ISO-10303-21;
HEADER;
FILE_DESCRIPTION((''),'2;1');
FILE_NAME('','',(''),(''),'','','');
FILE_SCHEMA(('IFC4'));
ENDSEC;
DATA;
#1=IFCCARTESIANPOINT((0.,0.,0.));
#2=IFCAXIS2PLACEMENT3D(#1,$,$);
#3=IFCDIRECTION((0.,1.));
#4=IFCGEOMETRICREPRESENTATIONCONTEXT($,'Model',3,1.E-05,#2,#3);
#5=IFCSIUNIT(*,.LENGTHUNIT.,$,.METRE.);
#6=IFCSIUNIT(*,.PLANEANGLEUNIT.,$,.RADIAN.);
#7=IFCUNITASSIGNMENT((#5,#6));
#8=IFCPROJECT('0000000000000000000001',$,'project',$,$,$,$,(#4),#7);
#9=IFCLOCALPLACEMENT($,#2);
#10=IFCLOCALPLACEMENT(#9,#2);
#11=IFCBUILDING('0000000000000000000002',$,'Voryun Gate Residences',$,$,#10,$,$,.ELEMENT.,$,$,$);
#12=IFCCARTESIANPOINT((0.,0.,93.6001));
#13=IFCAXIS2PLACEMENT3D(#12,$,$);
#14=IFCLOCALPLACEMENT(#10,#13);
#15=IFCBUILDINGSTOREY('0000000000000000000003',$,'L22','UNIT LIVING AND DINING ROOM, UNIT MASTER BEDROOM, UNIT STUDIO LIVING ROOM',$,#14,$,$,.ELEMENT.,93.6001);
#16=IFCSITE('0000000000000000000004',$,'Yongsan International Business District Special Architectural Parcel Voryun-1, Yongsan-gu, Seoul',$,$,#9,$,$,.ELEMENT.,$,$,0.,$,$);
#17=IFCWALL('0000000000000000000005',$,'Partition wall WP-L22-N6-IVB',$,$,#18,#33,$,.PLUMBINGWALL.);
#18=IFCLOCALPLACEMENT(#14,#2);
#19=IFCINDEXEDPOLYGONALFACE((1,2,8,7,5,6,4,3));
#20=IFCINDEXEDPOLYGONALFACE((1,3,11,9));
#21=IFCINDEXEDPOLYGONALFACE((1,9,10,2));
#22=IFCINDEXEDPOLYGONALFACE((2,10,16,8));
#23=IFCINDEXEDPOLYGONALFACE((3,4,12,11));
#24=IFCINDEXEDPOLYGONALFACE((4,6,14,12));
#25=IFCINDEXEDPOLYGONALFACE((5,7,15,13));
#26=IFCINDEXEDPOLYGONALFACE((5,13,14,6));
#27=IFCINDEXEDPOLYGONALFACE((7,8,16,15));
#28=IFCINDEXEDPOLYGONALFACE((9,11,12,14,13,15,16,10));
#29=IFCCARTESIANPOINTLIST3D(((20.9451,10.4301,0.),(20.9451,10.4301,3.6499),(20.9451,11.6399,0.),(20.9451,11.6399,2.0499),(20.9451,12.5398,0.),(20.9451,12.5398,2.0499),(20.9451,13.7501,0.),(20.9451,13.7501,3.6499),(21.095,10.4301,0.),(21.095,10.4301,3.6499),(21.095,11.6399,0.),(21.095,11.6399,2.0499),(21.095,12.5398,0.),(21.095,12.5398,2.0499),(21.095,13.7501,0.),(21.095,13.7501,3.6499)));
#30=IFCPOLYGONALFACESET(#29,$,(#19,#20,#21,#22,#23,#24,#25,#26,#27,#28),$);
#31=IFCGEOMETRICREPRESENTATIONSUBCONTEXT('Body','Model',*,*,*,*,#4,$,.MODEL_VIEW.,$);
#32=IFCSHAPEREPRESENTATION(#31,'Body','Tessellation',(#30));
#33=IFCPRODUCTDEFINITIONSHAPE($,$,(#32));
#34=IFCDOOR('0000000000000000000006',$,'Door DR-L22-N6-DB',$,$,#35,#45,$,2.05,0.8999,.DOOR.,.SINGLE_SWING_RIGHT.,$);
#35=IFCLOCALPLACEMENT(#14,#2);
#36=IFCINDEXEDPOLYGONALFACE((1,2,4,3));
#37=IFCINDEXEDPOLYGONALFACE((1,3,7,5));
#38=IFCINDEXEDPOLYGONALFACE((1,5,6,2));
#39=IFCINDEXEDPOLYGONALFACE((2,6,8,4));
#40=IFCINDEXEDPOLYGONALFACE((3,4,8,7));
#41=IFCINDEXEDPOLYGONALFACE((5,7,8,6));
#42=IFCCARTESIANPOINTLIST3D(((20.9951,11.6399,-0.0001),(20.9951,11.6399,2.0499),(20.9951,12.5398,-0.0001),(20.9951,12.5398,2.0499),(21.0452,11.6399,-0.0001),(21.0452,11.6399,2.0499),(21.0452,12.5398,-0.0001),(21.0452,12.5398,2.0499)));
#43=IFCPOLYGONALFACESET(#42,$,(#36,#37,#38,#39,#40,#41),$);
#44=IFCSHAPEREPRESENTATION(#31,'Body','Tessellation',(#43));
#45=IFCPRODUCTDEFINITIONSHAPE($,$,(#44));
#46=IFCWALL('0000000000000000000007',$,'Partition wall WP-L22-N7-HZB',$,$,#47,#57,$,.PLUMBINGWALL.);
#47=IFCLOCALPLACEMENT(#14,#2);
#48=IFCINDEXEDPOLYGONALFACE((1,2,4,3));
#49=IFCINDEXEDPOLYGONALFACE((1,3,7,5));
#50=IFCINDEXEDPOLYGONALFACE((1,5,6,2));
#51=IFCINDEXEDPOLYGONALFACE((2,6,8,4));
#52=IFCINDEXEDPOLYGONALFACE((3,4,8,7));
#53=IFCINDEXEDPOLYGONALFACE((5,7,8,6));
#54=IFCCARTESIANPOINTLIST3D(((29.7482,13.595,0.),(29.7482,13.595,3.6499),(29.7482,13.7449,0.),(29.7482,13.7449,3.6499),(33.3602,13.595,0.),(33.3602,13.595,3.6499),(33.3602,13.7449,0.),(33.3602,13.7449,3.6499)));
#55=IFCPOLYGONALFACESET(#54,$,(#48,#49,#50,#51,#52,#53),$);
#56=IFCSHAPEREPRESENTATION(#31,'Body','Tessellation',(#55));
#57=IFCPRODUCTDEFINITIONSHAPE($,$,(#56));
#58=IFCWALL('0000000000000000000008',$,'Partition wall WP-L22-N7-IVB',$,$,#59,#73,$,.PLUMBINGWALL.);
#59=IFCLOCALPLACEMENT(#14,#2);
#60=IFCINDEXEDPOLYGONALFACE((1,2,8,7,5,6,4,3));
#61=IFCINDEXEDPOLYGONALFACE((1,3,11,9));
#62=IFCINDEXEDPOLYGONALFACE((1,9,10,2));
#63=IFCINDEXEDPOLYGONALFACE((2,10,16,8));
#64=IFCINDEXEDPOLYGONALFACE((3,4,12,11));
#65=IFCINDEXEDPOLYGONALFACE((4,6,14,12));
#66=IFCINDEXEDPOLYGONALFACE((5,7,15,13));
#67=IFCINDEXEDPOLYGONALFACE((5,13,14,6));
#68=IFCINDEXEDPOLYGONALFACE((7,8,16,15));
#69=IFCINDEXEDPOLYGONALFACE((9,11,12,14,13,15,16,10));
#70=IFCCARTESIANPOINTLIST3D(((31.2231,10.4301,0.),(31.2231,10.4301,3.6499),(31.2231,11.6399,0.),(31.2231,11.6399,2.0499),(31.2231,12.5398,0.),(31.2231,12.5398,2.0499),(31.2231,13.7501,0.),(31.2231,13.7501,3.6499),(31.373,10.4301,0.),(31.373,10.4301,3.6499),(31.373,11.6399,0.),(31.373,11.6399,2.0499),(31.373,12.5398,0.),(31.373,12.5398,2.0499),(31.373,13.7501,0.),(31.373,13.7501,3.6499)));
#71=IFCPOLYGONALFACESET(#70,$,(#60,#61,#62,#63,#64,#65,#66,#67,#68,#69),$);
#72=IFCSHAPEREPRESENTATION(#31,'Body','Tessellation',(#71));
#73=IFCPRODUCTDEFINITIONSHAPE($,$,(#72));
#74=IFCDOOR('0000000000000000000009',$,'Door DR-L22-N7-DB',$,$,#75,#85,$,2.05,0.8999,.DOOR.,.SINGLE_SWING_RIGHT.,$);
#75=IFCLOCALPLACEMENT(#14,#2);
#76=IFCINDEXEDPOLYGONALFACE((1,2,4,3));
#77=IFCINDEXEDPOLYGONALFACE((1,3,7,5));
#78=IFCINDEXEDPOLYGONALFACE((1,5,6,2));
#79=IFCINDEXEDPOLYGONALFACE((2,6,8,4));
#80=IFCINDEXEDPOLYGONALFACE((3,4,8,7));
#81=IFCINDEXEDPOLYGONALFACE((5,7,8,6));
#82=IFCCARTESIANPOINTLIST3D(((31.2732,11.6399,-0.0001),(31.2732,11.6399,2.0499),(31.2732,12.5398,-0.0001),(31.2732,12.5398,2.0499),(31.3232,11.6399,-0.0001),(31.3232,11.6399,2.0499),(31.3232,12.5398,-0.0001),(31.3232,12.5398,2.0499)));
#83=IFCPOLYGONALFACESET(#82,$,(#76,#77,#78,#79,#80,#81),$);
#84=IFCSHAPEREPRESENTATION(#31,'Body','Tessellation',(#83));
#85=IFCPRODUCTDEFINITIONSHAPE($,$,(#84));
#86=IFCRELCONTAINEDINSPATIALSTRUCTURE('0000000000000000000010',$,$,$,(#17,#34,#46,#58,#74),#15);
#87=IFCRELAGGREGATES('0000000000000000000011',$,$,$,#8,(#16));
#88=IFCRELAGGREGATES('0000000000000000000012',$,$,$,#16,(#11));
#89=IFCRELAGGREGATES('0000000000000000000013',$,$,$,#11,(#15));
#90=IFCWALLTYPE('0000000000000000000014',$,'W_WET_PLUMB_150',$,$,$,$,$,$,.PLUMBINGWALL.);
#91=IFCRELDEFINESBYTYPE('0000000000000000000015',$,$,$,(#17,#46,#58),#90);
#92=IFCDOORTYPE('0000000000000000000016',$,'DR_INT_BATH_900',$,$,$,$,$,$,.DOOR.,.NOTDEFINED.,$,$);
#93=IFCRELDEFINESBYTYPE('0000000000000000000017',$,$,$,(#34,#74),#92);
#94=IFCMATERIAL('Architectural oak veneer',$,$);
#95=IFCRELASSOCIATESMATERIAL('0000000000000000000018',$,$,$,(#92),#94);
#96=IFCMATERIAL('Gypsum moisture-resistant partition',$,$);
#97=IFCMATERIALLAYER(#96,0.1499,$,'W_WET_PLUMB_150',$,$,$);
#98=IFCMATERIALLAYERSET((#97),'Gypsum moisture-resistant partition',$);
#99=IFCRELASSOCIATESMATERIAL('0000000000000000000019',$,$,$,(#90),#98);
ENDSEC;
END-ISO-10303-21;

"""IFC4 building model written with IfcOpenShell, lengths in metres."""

from ifc_helpers import new_model, si_unit, direction, frame, frame_2d, origin, place, context, subcontext, project, spatial, rectangle, extrude, material, layer, layer_set, type_object, element, fill, save


model = new_model("IFC4")

# Units and contexts
model_context = context("Model", 3, precision=1e-05, world=origin(), true_north=direction((0.0, 1.0)))
body_context = subcontext(model_context, "Body", "Model", "MODEL_VIEW")
ifc_project = project(units=[si_unit("LENGTHUNIT", "METRE"), si_unit("PLANEANGLEUNIT", "RADIAN")], contexts=[model_context])

# Site, building, storey
site_placement = place(None, origin())
site = spatial("IfcSite", under=ifc_project, at=site_placement, Name="Yongsan International Business District Special Architectural Parcel Voryun-1, Yongsan-gu, Seoul", CompositionType="ELEMENT", RefElevation=0.0)
building_placement = place(site_placement, origin())
building = spatial("IfcBuilding", under=site, at=building_placement, Name="Voryun Gate Residences", CompositionType="ELEMENT")
storey_placement = place(building_placement, frame((0.0, 0.0, 93.6001)))
storey = spatial("IfcBuildingStorey", under=building, at=storey_placement, Name="L22", Description="UNIT LIVING AND DINING ROOM, UNIT MASTER BEDROOM, UNIT STUDIO LIVING ROOM", CompositionType="ELEMENT", Elevation=93.6001)

# Shared definitions
ifc_material_1 = material(Name="Architectural oak veneer")
door_type_1 = type_object("IfcDoorType", Name="DR_INT_BATH_900", OperationType="NOTDEFINED", PredefinedType="DOOR", material=ifc_material_1)

# Wall, opening, door
ifc_material_2 = material(Name="Gypsum moisture-resistant partition")
ifc_layer_1 = layer(ifc_material_2, 0.1499, Name="W_WET_PLUMB_150")
ifc_layer_set_1 = layer_set([ifc_layer_1], Name="Gypsum moisture-resistant partition")
wall_type_1 = type_object("IfcWallType", Name="W_WET_PLUMB_150", PredefinedType="PLUMBINGWALL", material=ifc_layer_set_1)
wall_1_placement = place(storey_placement, frame((21.02, 10.4299, 0.0), z_axis=(0.0, 0.0, 1.0), x_axis=(0.0, 1.0, 0.0)))
wall_1 = element("IfcWall", 1, at=wall_1_placement, inside=storey, type_object=wall_type_1, Name="Partition wall WP-L22-N6-IVB", PredefinedType="PLUMBINGWALL", context=body_context, shape_type="SweptSolid", body=[
    extrude(rectangle(XDim=3.3201, YDim=0.1499, at=frame_2d((1.6602, 0.0))), origin(), (0.0, 0.0, 1.0), 3.6499),
])
opening_1_placement = place(wall_1_placement, frame((1.21, 0.0, 0.0)))
opening_1 = element("IfcOpeningElement", 2, at=opening_1_placement, cuts=wall_1, PredefinedType="OPENING", context=body_context, shape_type="SweptSolid", body=[
    extrude(rectangle(XDim=0.8999, YDim=2.05, at=frame_2d((0.45, 1.0249))), frame((0.0, 0.085, 0.0), z_axis=(0.0, -1.0, 0.0), x_axis=(1.0, 0.0, 0.0)), (0.0, 0.0, 1.0), 0.1699),
])
door_1_placement = place(opening_1_placement, origin())
door_1 = element("IfcDoor", 3, at=door_1_placement, inside=storey, type_object=door_type_1, Name="Door DR-L22-N6-DB", OperationType="SINGLE_SWING_RIGHT", OverallHeight=2.05, OverallWidth=0.8999, PredefinedType="DOOR", context=body_context, shape_type="SweptSolid", body=[
    extrude(rectangle(XDim=0.8999, YDim=2.05, at=frame_2d((0.45, 1.0249))), frame((0.0, 0.0249, 0.0), z_axis=(0.0, -1.0, 0.0), x_axis=(1.0, 0.0, 0.0)), (0.0, 0.0, 1.0), 0.05),
])
fill(opening_1, door_1)

# Wall
wall_2_placement = place(storey_placement, frame((29.748, 13.6699, 0.0), z_axis=(0.0, 0.0, 1.0), x_axis=(1.0, 0.0, 0.0)))
element("IfcWall", 4, at=wall_2_placement, inside=storey, type_object=wall_type_1, Name="Partition wall WP-L22-N7-HZB", PredefinedType="PLUMBINGWALL", context=body_context, shape_type="SweptSolid", body=[
    extrude(rectangle(XDim=3.6121, YDim=0.1499, at=frame_2d((1.8062, 0.0))), origin(), (0.0, 0.0, 1.0), 3.6499),
])

# Wall, opening, door
wall_3_placement = place(storey_placement, frame((31.2981, 10.4299, 0.0), z_axis=(0.0, 0.0, 1.0), x_axis=(0.0, 1.0, 0.0)))
wall_3 = element("IfcWall", 5, at=wall_3_placement, inside=storey, type_object=wall_type_1, Name="Partition wall WP-L22-N7-IVB", PredefinedType="PLUMBINGWALL", context=body_context, shape_type="SweptSolid", body=[
    extrude(rectangle(XDim=3.3201, YDim=0.1499, at=frame_2d((1.6602, 0.0))), origin(), (0.0, 0.0, 1.0), 3.6499),
])
opening_2_placement = place(wall_3_placement, frame((1.21, 0.0, 0.0)))
opening_2 = element("IfcOpeningElement", 6, at=opening_2_placement, cuts=wall_3, PredefinedType="OPENING", context=body_context, shape_type="SweptSolid", body=[
    extrude(rectangle(XDim=0.8999, YDim=2.05, at=frame_2d((0.45, 1.0249))), frame((0.0, 0.085, 0.0), z_axis=(0.0, -1.0, 0.0), x_axis=(1.0, 0.0, 0.0)), (0.0, 0.0, 1.0), 0.1699),
])
door_2_placement = place(opening_2_placement, origin())
door_2 = element("IfcDoor", 7, at=door_2_placement, inside=storey, type_object=door_type_1, Name="Door DR-L22-N7-DB", OperationType="SINGLE_SWING_RIGHT", OverallHeight=2.05, OverallWidth=0.8999, PredefinedType="DOOR", context=body_context, shape_type="SweptSolid", body=[
    extrude(rectangle(XDim=0.8999, YDim=2.05, at=frame_2d((0.45, 1.0249))), frame((0.0, 0.0249, 0.0), z_axis=(0.0, -1.0, 0.0), x_axis=(1.0, 0.0, 0.0)), (0.0, 0.0, 1.0), 0.05),
])
fill(opening_2, door_2)

save(model, "model.ifc")
